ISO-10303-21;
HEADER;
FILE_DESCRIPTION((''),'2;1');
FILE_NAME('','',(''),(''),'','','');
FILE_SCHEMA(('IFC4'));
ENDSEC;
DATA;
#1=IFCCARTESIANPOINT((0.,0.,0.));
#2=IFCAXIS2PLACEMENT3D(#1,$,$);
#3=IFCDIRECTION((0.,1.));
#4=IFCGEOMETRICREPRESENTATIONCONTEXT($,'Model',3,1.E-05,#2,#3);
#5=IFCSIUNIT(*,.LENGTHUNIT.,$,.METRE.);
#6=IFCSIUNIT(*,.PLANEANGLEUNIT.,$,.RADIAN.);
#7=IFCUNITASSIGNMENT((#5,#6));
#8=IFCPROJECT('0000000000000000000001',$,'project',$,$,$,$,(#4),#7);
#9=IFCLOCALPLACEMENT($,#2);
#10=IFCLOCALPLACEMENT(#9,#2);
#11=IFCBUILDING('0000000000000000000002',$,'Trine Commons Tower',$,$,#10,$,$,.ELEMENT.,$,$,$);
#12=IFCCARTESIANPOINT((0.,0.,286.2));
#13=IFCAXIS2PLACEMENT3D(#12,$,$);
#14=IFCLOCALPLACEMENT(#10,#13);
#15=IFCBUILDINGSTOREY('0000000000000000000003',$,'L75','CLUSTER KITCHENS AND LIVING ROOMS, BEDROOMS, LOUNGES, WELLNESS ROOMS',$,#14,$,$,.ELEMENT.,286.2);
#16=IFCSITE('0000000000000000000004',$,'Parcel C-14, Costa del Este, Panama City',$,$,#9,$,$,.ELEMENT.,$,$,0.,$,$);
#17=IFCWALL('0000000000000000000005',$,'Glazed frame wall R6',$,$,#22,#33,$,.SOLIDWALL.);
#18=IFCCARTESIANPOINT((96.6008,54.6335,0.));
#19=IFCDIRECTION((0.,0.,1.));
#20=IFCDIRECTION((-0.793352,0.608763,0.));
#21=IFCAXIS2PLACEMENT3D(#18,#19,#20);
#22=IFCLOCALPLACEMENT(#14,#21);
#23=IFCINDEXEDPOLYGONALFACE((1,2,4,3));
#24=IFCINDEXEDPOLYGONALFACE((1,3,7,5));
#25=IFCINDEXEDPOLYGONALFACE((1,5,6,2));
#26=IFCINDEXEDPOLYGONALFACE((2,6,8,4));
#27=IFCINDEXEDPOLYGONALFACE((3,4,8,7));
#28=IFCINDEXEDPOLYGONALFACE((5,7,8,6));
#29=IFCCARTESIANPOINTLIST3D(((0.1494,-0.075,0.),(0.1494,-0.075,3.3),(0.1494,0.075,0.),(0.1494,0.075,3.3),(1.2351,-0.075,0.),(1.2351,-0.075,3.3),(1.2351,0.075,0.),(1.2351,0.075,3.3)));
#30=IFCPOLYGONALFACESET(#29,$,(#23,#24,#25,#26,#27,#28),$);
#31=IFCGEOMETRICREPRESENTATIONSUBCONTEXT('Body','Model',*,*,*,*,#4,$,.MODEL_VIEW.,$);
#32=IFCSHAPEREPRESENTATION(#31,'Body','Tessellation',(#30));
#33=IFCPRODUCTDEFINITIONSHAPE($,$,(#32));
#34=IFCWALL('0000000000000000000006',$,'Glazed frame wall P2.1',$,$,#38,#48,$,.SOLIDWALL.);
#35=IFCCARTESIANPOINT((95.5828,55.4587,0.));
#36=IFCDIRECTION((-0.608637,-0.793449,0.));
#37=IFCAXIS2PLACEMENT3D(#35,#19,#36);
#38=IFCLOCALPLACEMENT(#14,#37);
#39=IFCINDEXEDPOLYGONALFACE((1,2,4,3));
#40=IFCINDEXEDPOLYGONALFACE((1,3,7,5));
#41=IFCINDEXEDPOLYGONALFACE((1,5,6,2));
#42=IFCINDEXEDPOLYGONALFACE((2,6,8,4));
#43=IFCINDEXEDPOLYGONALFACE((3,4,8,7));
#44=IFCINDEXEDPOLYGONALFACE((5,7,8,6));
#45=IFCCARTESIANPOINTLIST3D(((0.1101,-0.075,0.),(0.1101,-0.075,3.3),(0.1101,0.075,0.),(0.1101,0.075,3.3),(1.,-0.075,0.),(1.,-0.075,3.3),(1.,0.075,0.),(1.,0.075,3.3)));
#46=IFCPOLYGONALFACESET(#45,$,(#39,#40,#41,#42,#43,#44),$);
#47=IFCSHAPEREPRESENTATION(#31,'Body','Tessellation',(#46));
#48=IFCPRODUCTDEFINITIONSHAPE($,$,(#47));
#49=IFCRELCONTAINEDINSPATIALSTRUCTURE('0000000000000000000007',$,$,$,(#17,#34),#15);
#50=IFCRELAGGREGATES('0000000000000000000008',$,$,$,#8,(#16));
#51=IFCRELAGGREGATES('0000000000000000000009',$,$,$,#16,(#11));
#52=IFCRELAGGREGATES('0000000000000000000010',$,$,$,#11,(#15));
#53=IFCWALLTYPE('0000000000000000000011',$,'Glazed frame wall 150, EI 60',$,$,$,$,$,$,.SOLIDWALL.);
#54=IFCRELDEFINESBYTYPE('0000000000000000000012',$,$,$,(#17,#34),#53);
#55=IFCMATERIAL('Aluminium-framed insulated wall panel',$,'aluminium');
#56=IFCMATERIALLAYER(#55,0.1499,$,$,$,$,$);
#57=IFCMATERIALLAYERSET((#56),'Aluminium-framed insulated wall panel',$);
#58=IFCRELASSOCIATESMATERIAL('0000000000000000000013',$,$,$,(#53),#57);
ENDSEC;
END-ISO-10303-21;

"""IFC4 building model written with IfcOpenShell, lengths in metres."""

from ifc_helpers import new_model, si_unit, direction, frame, origin, place, context, subcontext, project, spatial, polyline, outline, extrude, material, layer, layer_set, type_object, element, save


model = new_model("IFC4")

# Units and contexts
model_context = context("Model", 3, precision=1e-05, world=origin(), true_north=direction((0.0, 1.0)))
body_context = subcontext(model_context, "Body", "Model", "MODEL_VIEW")
ifc_project = project(units=[si_unit("LENGTHUNIT", "METRE"), si_unit("PLANEANGLEUNIT", "RADIAN")], contexts=[model_context])

# Site, building, storey
site_placement = place(None, origin())
site = spatial("IfcSite", under=ifc_project, at=site_placement, Name="Parcel C-14, Costa del Este, Panama City", CompositionType="ELEMENT", RefElevation=0.0)
building_placement = place(site_placement, origin())
building = spatial("IfcBuilding", under=site, at=building_placement, Name="Trine Commons Tower", CompositionType="ELEMENT")
storey_placement = place(building_placement, frame((0.0, 0.0, 286.2)))
storey = spatial("IfcBuildingStorey", under=building, at=storey_placement, Name="L75", Description="CLUSTER KITCHENS AND LIVING ROOMS, BEDROOMS, LOUNGES, WELLNESS ROOMS", CompositionType="ELEMENT", Elevation=286.2)

# Walls
ifc_material_1 = material(Name="Aluminium-framed insulated wall panel", Category="aluminium")
ifc_layer_1 = layer(ifc_material_1, 0.1499)
ifc_layer_set_1 = layer_set([ifc_layer_1], Name="Aluminium-framed insulated wall panel")
wall_type_1 = type_object("IfcWallType", Name="Glazed frame wall 150, EI 60", PredefinedType="SOLIDWALL", material=ifc_layer_set_1)
wall_1_placement = place(storey_placement, frame((96.6008, 54.6335, 0.0), z_axis=(0.0, 0.0, 1.0), x_axis=(-0.793352, 0.608763, 0.0)))
element("IfcWall", 1, at=wall_1_placement, inside=storey, type_object=wall_type_1, Name="Glazed frame wall R6", PredefinedType="SOLIDWALL", context=body_context, shape_type="SweptSolid", body=[
    extrude(outline(polyline([(0.1494, 0.075), (0.1494, -0.075), (1.2351, -0.075), (1.2351, 0.075), (0.1494, 0.075)])), origin(), (0.0, 0.0, 1.0), 3.3),
])
wall_2_placement = place(storey_placement, frame((95.5828, 55.4587, 0.0), z_axis=(0.0, 0.0, 1.0), x_axis=(-0.608637, -0.793449, 0.0)))
element("IfcWall", 2, at=wall_2_placement, inside=storey, type_object=wall_type_1, Name="Glazed frame wall P2.1", PredefinedType="SOLIDWALL", context=body_context, shape_type="SweptSolid", body=[
    extrude(outline(polyline([(0.1101, -0.075), (1.0, -0.075), (1.0, 0.075), (0.1101, 0.075), (0.1101, -0.075)])), origin(), (0.0, 0.0, 1.0), 3.3),
])

save(model, "model.ifc")
